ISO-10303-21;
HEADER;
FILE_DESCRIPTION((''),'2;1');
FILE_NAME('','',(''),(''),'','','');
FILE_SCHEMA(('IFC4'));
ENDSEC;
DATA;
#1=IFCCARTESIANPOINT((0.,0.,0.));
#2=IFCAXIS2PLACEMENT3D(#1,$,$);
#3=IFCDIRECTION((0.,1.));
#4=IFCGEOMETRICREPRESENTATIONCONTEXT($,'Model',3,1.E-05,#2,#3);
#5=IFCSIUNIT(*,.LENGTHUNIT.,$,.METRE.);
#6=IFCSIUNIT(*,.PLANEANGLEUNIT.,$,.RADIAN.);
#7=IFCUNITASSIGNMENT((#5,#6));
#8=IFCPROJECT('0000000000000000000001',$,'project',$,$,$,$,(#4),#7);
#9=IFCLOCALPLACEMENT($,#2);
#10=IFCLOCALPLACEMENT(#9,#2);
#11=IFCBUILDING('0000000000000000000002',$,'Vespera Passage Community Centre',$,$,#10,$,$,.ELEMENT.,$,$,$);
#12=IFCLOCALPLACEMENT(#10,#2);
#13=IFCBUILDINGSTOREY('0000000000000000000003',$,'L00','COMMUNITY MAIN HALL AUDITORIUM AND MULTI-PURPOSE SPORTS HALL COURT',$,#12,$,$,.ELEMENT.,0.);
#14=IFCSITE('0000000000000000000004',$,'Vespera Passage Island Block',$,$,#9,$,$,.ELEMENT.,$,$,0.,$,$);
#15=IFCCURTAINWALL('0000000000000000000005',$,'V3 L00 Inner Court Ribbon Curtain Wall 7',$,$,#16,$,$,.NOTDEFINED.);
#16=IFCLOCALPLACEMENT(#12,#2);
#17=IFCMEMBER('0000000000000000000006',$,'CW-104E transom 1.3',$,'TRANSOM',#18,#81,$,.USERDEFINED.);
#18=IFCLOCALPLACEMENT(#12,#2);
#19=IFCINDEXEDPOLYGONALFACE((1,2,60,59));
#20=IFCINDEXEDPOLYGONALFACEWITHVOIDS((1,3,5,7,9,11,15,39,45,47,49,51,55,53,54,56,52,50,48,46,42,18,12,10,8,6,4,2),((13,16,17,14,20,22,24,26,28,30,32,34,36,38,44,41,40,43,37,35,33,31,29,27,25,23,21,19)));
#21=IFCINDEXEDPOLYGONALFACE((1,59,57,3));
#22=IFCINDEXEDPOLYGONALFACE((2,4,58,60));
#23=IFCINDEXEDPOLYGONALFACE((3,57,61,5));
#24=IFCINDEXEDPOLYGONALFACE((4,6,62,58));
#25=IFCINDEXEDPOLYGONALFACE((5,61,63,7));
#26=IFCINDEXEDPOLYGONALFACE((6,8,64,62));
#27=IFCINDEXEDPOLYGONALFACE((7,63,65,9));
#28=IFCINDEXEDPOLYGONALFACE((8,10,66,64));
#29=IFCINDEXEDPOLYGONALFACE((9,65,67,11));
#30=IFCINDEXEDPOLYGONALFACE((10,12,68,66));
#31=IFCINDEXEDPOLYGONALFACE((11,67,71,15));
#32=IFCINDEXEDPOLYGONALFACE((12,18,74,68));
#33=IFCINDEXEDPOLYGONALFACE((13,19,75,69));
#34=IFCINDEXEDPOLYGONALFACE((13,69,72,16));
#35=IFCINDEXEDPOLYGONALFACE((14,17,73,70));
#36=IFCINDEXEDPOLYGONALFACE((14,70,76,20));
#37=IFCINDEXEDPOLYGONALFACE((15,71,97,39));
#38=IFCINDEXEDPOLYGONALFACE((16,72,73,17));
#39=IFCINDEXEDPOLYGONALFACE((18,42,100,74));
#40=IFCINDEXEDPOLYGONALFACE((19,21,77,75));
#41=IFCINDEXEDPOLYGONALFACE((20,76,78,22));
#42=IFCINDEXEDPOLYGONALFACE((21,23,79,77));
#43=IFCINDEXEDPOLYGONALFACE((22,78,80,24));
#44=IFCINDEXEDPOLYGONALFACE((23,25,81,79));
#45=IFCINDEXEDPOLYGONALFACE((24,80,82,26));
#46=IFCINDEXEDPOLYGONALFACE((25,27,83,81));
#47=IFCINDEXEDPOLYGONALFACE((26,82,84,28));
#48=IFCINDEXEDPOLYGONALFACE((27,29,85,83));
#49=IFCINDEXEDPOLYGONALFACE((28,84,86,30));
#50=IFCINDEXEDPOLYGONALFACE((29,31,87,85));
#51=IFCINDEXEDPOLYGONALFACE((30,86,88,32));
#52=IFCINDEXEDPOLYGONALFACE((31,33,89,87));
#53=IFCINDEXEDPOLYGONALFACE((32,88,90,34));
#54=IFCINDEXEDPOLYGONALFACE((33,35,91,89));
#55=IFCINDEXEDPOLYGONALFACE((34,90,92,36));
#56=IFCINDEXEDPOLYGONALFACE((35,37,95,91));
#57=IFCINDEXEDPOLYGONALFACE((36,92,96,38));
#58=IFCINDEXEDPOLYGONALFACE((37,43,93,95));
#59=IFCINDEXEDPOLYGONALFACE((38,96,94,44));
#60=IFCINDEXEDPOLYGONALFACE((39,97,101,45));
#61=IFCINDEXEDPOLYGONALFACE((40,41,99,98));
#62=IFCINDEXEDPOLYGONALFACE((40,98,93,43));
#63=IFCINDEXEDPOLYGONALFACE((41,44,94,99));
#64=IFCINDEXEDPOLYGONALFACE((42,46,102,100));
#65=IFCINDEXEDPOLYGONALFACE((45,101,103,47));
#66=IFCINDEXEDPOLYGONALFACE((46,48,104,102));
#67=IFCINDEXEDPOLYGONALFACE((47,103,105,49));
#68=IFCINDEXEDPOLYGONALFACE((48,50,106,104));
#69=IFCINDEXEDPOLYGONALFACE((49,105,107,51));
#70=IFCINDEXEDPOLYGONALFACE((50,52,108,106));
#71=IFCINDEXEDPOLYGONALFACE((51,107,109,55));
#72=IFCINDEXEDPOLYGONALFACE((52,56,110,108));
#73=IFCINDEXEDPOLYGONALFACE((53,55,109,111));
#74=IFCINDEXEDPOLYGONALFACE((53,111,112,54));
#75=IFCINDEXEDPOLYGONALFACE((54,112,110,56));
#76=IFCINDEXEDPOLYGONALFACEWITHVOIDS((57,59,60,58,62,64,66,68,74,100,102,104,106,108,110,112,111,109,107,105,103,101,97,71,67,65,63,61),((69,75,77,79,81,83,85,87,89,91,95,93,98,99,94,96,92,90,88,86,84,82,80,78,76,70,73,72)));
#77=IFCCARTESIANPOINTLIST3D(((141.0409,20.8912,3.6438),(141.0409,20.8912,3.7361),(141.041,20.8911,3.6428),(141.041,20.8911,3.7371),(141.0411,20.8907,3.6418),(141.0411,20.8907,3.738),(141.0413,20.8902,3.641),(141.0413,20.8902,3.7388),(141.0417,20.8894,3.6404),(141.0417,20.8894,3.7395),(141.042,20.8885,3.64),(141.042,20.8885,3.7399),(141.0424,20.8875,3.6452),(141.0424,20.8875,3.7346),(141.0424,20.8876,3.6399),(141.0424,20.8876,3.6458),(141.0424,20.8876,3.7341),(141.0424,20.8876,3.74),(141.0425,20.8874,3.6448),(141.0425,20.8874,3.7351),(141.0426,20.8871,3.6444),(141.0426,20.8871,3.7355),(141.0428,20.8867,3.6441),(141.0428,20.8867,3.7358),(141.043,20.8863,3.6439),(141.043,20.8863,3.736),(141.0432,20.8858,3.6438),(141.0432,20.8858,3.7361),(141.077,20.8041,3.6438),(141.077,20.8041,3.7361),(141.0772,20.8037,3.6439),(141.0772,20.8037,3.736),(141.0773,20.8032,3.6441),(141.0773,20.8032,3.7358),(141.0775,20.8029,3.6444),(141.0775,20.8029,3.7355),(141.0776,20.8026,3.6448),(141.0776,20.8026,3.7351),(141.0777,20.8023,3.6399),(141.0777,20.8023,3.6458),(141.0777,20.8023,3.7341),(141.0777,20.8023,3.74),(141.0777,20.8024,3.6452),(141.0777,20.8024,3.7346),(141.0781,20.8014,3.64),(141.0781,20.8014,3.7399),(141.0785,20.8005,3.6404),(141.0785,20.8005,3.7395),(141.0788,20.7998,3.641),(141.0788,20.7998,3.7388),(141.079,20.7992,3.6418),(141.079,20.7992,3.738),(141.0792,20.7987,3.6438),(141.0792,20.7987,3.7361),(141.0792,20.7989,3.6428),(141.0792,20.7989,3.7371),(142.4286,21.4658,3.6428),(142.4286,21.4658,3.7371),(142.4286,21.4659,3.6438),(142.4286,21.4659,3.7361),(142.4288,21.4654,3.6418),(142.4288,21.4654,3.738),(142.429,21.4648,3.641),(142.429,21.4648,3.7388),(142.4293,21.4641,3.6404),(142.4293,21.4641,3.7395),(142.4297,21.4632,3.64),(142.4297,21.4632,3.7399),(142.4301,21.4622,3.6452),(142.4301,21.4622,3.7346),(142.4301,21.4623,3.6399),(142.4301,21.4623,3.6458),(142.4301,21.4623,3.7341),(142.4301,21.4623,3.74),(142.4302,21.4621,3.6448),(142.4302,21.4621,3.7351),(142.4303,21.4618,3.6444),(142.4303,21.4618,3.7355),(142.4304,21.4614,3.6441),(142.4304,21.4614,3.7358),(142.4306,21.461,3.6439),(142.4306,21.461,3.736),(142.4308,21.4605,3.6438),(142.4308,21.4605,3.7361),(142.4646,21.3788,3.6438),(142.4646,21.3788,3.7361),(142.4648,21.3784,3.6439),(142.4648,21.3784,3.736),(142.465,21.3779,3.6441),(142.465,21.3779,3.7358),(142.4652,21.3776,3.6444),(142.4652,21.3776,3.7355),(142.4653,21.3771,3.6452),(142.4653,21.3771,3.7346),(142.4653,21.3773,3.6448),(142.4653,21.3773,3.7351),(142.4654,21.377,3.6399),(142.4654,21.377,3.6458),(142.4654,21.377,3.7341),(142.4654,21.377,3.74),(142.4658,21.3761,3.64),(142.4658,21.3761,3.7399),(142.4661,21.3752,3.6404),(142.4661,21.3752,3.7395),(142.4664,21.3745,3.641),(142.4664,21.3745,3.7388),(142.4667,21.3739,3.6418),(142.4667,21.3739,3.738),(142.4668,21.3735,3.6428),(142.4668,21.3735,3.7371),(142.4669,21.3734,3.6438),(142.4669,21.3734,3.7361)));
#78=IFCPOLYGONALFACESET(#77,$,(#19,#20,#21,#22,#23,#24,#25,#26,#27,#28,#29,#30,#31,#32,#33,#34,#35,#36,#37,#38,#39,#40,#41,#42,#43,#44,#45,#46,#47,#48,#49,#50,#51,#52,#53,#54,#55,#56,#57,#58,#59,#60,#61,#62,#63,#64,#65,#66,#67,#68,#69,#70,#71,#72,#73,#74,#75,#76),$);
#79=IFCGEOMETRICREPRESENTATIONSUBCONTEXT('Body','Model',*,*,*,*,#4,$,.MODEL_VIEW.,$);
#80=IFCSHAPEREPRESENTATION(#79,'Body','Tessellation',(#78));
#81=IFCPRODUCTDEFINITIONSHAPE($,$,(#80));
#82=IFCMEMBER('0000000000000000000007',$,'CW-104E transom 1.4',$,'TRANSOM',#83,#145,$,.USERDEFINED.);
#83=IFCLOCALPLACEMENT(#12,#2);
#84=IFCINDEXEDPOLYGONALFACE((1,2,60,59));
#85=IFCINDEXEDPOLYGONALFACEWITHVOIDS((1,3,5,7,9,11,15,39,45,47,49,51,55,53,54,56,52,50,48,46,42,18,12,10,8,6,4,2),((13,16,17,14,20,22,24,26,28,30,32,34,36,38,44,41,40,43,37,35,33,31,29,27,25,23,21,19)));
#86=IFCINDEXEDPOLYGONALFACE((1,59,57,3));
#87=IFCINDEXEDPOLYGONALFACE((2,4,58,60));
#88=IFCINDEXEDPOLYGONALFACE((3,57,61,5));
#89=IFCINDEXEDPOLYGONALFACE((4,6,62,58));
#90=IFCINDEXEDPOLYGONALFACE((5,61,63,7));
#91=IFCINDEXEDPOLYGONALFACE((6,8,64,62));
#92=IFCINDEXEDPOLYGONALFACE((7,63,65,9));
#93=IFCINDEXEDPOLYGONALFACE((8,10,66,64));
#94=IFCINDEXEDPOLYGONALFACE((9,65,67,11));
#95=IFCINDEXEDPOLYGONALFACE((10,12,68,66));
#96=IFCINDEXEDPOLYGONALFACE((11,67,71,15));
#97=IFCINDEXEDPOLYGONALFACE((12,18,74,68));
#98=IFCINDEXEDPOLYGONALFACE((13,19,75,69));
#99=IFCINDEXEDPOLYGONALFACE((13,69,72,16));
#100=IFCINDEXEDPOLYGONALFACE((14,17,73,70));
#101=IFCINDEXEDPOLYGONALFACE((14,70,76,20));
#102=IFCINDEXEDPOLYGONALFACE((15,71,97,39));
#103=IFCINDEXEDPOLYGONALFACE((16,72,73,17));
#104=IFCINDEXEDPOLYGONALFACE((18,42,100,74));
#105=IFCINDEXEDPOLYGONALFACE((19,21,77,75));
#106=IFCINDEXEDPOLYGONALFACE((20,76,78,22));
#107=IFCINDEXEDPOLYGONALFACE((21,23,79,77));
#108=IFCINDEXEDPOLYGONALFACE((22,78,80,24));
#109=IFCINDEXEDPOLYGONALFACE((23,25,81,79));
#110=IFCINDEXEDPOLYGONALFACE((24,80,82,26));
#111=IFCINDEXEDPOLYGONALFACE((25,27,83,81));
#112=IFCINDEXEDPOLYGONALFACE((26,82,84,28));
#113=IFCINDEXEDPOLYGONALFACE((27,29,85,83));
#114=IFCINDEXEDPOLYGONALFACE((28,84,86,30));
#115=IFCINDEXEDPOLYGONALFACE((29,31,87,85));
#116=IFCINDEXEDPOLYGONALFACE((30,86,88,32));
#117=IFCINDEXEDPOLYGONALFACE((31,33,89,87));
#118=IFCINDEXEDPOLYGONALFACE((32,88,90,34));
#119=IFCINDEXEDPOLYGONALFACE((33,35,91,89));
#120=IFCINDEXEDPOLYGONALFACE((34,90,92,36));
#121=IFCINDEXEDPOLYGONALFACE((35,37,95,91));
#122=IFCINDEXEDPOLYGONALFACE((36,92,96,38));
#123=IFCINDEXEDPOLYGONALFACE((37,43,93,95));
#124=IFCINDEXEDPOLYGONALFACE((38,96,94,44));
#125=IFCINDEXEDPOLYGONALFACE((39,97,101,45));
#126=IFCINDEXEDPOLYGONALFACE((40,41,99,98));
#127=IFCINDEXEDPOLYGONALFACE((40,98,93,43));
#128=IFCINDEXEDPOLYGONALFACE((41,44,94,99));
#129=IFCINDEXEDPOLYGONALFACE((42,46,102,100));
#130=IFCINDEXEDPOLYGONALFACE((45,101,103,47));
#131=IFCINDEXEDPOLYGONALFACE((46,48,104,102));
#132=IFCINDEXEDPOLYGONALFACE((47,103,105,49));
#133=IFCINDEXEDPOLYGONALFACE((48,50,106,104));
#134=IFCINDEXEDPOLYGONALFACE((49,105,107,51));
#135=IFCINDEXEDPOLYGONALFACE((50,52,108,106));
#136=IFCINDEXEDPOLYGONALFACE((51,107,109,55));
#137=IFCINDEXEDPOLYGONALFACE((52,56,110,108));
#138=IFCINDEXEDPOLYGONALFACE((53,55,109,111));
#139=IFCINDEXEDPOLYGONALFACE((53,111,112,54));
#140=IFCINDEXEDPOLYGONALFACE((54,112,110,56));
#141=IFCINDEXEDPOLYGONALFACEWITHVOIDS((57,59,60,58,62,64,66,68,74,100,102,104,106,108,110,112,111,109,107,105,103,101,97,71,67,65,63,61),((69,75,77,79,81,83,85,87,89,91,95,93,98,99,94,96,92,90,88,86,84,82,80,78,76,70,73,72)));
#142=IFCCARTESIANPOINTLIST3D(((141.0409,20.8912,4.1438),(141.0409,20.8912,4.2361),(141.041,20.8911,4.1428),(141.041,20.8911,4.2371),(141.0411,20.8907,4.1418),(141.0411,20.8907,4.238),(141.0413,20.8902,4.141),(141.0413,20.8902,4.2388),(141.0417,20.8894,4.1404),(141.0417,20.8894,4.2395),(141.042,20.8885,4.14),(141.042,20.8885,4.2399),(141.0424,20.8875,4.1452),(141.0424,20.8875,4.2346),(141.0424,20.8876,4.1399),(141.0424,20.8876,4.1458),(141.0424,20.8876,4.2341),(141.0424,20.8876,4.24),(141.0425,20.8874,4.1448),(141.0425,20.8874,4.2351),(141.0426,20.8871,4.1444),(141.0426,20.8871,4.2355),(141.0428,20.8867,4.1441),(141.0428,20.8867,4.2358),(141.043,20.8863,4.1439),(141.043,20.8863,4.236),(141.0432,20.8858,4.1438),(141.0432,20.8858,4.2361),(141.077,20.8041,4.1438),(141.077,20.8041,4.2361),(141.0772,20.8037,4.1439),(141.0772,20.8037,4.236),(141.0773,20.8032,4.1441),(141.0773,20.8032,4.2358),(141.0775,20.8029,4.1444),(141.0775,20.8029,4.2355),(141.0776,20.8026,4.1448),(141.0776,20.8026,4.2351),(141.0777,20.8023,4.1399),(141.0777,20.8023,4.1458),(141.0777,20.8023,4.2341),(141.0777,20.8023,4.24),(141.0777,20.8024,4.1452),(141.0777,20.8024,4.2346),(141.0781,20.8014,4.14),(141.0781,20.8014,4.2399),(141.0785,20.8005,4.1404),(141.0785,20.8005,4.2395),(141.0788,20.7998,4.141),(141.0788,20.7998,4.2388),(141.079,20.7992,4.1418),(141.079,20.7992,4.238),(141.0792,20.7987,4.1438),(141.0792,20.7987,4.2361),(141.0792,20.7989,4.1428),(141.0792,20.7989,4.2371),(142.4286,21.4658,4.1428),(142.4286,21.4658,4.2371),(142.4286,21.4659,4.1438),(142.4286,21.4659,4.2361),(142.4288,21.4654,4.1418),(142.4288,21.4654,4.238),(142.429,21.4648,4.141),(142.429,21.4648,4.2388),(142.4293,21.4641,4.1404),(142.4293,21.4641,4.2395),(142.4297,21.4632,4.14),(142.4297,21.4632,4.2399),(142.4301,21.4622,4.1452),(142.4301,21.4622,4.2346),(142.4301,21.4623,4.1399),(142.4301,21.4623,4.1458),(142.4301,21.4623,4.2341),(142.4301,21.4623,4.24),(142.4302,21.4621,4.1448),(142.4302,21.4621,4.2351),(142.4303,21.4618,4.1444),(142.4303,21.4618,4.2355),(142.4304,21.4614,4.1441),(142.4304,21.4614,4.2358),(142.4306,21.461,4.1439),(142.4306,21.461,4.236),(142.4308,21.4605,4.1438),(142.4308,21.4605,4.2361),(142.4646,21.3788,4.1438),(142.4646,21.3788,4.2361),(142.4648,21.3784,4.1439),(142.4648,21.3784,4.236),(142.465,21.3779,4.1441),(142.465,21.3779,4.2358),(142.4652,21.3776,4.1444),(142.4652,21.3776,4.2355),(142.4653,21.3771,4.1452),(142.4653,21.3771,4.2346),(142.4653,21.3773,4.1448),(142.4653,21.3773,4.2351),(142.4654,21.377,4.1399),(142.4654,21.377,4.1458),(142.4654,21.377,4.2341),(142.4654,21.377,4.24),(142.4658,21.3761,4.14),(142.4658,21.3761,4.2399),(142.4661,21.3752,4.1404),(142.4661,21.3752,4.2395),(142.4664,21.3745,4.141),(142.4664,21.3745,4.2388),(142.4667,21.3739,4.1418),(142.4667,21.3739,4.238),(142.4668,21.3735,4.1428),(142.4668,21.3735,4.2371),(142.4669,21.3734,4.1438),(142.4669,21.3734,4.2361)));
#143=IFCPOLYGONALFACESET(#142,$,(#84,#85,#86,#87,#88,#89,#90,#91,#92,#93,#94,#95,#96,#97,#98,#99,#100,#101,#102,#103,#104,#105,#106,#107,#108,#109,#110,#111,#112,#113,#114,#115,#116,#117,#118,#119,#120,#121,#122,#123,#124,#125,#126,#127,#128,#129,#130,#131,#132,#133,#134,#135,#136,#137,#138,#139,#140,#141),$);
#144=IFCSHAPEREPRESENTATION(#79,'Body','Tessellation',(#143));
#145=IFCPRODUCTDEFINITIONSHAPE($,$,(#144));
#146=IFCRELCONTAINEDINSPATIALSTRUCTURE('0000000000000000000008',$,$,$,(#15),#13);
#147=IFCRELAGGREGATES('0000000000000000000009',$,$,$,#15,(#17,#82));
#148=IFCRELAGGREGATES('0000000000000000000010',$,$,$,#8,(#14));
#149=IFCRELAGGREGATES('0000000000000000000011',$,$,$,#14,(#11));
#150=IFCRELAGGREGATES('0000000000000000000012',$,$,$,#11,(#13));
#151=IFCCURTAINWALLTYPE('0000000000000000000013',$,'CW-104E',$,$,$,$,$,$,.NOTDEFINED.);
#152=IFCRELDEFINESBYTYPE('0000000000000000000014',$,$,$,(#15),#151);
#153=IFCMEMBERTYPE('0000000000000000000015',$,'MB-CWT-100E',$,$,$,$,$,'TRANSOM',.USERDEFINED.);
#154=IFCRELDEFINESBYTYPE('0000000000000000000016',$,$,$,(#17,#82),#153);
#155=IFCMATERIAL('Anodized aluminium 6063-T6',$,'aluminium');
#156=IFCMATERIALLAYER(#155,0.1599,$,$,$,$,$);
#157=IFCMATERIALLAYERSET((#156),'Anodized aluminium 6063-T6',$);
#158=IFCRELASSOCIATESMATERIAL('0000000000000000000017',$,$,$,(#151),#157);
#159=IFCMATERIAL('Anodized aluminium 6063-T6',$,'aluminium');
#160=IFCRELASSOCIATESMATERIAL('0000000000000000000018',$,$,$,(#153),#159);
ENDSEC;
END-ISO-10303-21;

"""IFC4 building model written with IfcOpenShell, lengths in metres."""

from ifc_helpers import new_model, si_unit, direction, frame, origin, origin_2d, place, context, subcontext, project, spatial, hollow_rectangle, extrude, material, layer, layer_set, material_profile, profile_set, type_object, element, aggregate, save


model = new_model("IFC4")

# Units and contexts
model_context = context("Model", 3, precision=1e-05, world=origin(), true_north=direction((0.0, 1.0)))
body_context = subcontext(model_context, "Body", "Model", "MODEL_VIEW")
ifc_project = project(units=[si_unit("LENGTHUNIT", "METRE"), si_unit("PLANEANGLEUNIT", "RADIAN")], contexts=[model_context])

# Site, building, storey
site_placement = place(None, origin())
site = spatial("IfcSite", under=ifc_project, at=site_placement, Name="Vespera Passage Island Block", CompositionType="ELEMENT", RefElevation=0.0)
building_placement = place(site_placement, origin())
building = spatial("IfcBuilding", under=site, at=building_placement, Name="Vespera Passage Community Centre", CompositionType="ELEMENT")
storey_placement = place(building_placement, origin())
storey = spatial("IfcBuildingStorey", under=building, at=storey_placement, Name="L00", Description="COMMUNITY MAIN HALL AUDITORIUM AND MULTI-PURPOSE SPORTS HALL COURT", CompositionType="ELEMENT", Elevation=0.0)

# Curtain wall
ifc_material_1 = material(Name="Anodized aluminium 6063-T6", Category="aluminium")
ifc_layer_1 = layer(ifc_material_1, 0.1599)
ifc_layer_set_1 = layer_set([ifc_layer_1], Name="Anodized aluminium 6063-T6")
curtain_wall_type = type_object("IfcCurtainWallType", Name="CW-104E", PredefinedType="NOTDEFINED", material=ifc_layer_set_1)
curtain_wall_1_placement = place(storey_placement, origin())
curtain_wall_1 = element("IfcCurtainWall", 1, at=curtain_wall_1_placement, inside=storey, type_object=curtain_wall_type, Name="V3 L00 Inner Court Ribbon Curtain Wall 7", PredefinedType="NOTDEFINED")

# Members
ifc_material_2 = material(Name="Anodized aluminium 6063-T6", Category="aluminium")
ifc_material_profile_1 = material_profile(ifc_material_2, hollow_rectangle(XDim=0.1001, YDim=0.1001, WallThickness=0.0039, InnerFilletRadius=0.002, OuterFilletRadius=0.0039, at=origin_2d()), Name="ALU100X100X4")
ifc_profile_set_1 = profile_set([ifc_material_profile_1], Name="Anodized aluminium 6063-T6")
member_type_1 = type_object("IfcMemberType", Name="MB-CWT-100E", ElementType="TRANSOM", PredefinedType="USERDEFINED", material=ifc_profile_set_1)
member_1_placement = place(storey_placement, frame((141.0601, 20.845, 3.6899), z_axis=(0.923902, 0.382629, 0.0), x_axis=(-0.382629, 0.923902, 0.0)))
member_1 = element("IfcMember", 2, at=member_1_placement, type_object=member_type_1, Name="CW-104E transom 1.3", ObjectType="TRANSOM", PredefinedType="USERDEFINED", context=body_context, shape_type="SweptSolid", body=[
    extrude(hollow_rectangle(XDim=0.1001, YDim=0.1001, WallThickness=0.0039, InnerFilletRadius=0.002, OuterFilletRadius=0.0039, at=origin_2d()), origin(), (0.0, 0.0, 1.0), 1.502),
])
member_2_placement = place(storey_placement, frame((141.0601, 20.845, 4.1899), z_axis=(0.923902, 0.382629, 0.0), x_axis=(-0.382629, 0.923902, 0.0)))
member_2 = element("IfcMember", 3, at=member_2_placement, type_object=member_type_1, Name="CW-104E transom 1.4", ObjectType="TRANSOM", PredefinedType="USERDEFINED", context=body_context, shape_type="SweptSolid", body=[
    extrude(hollow_rectangle(XDim=0.1001, YDim=0.1001, WallThickness=0.0039, InnerFilletRadius=0.002, OuterFilletRadius=0.0039, at=origin_2d()), origin(), (0.0, 0.0, 1.0), 1.502),
])

aggregate(curtain_wall_1, [member_1, member_2])

save(model, "model.ifc")
